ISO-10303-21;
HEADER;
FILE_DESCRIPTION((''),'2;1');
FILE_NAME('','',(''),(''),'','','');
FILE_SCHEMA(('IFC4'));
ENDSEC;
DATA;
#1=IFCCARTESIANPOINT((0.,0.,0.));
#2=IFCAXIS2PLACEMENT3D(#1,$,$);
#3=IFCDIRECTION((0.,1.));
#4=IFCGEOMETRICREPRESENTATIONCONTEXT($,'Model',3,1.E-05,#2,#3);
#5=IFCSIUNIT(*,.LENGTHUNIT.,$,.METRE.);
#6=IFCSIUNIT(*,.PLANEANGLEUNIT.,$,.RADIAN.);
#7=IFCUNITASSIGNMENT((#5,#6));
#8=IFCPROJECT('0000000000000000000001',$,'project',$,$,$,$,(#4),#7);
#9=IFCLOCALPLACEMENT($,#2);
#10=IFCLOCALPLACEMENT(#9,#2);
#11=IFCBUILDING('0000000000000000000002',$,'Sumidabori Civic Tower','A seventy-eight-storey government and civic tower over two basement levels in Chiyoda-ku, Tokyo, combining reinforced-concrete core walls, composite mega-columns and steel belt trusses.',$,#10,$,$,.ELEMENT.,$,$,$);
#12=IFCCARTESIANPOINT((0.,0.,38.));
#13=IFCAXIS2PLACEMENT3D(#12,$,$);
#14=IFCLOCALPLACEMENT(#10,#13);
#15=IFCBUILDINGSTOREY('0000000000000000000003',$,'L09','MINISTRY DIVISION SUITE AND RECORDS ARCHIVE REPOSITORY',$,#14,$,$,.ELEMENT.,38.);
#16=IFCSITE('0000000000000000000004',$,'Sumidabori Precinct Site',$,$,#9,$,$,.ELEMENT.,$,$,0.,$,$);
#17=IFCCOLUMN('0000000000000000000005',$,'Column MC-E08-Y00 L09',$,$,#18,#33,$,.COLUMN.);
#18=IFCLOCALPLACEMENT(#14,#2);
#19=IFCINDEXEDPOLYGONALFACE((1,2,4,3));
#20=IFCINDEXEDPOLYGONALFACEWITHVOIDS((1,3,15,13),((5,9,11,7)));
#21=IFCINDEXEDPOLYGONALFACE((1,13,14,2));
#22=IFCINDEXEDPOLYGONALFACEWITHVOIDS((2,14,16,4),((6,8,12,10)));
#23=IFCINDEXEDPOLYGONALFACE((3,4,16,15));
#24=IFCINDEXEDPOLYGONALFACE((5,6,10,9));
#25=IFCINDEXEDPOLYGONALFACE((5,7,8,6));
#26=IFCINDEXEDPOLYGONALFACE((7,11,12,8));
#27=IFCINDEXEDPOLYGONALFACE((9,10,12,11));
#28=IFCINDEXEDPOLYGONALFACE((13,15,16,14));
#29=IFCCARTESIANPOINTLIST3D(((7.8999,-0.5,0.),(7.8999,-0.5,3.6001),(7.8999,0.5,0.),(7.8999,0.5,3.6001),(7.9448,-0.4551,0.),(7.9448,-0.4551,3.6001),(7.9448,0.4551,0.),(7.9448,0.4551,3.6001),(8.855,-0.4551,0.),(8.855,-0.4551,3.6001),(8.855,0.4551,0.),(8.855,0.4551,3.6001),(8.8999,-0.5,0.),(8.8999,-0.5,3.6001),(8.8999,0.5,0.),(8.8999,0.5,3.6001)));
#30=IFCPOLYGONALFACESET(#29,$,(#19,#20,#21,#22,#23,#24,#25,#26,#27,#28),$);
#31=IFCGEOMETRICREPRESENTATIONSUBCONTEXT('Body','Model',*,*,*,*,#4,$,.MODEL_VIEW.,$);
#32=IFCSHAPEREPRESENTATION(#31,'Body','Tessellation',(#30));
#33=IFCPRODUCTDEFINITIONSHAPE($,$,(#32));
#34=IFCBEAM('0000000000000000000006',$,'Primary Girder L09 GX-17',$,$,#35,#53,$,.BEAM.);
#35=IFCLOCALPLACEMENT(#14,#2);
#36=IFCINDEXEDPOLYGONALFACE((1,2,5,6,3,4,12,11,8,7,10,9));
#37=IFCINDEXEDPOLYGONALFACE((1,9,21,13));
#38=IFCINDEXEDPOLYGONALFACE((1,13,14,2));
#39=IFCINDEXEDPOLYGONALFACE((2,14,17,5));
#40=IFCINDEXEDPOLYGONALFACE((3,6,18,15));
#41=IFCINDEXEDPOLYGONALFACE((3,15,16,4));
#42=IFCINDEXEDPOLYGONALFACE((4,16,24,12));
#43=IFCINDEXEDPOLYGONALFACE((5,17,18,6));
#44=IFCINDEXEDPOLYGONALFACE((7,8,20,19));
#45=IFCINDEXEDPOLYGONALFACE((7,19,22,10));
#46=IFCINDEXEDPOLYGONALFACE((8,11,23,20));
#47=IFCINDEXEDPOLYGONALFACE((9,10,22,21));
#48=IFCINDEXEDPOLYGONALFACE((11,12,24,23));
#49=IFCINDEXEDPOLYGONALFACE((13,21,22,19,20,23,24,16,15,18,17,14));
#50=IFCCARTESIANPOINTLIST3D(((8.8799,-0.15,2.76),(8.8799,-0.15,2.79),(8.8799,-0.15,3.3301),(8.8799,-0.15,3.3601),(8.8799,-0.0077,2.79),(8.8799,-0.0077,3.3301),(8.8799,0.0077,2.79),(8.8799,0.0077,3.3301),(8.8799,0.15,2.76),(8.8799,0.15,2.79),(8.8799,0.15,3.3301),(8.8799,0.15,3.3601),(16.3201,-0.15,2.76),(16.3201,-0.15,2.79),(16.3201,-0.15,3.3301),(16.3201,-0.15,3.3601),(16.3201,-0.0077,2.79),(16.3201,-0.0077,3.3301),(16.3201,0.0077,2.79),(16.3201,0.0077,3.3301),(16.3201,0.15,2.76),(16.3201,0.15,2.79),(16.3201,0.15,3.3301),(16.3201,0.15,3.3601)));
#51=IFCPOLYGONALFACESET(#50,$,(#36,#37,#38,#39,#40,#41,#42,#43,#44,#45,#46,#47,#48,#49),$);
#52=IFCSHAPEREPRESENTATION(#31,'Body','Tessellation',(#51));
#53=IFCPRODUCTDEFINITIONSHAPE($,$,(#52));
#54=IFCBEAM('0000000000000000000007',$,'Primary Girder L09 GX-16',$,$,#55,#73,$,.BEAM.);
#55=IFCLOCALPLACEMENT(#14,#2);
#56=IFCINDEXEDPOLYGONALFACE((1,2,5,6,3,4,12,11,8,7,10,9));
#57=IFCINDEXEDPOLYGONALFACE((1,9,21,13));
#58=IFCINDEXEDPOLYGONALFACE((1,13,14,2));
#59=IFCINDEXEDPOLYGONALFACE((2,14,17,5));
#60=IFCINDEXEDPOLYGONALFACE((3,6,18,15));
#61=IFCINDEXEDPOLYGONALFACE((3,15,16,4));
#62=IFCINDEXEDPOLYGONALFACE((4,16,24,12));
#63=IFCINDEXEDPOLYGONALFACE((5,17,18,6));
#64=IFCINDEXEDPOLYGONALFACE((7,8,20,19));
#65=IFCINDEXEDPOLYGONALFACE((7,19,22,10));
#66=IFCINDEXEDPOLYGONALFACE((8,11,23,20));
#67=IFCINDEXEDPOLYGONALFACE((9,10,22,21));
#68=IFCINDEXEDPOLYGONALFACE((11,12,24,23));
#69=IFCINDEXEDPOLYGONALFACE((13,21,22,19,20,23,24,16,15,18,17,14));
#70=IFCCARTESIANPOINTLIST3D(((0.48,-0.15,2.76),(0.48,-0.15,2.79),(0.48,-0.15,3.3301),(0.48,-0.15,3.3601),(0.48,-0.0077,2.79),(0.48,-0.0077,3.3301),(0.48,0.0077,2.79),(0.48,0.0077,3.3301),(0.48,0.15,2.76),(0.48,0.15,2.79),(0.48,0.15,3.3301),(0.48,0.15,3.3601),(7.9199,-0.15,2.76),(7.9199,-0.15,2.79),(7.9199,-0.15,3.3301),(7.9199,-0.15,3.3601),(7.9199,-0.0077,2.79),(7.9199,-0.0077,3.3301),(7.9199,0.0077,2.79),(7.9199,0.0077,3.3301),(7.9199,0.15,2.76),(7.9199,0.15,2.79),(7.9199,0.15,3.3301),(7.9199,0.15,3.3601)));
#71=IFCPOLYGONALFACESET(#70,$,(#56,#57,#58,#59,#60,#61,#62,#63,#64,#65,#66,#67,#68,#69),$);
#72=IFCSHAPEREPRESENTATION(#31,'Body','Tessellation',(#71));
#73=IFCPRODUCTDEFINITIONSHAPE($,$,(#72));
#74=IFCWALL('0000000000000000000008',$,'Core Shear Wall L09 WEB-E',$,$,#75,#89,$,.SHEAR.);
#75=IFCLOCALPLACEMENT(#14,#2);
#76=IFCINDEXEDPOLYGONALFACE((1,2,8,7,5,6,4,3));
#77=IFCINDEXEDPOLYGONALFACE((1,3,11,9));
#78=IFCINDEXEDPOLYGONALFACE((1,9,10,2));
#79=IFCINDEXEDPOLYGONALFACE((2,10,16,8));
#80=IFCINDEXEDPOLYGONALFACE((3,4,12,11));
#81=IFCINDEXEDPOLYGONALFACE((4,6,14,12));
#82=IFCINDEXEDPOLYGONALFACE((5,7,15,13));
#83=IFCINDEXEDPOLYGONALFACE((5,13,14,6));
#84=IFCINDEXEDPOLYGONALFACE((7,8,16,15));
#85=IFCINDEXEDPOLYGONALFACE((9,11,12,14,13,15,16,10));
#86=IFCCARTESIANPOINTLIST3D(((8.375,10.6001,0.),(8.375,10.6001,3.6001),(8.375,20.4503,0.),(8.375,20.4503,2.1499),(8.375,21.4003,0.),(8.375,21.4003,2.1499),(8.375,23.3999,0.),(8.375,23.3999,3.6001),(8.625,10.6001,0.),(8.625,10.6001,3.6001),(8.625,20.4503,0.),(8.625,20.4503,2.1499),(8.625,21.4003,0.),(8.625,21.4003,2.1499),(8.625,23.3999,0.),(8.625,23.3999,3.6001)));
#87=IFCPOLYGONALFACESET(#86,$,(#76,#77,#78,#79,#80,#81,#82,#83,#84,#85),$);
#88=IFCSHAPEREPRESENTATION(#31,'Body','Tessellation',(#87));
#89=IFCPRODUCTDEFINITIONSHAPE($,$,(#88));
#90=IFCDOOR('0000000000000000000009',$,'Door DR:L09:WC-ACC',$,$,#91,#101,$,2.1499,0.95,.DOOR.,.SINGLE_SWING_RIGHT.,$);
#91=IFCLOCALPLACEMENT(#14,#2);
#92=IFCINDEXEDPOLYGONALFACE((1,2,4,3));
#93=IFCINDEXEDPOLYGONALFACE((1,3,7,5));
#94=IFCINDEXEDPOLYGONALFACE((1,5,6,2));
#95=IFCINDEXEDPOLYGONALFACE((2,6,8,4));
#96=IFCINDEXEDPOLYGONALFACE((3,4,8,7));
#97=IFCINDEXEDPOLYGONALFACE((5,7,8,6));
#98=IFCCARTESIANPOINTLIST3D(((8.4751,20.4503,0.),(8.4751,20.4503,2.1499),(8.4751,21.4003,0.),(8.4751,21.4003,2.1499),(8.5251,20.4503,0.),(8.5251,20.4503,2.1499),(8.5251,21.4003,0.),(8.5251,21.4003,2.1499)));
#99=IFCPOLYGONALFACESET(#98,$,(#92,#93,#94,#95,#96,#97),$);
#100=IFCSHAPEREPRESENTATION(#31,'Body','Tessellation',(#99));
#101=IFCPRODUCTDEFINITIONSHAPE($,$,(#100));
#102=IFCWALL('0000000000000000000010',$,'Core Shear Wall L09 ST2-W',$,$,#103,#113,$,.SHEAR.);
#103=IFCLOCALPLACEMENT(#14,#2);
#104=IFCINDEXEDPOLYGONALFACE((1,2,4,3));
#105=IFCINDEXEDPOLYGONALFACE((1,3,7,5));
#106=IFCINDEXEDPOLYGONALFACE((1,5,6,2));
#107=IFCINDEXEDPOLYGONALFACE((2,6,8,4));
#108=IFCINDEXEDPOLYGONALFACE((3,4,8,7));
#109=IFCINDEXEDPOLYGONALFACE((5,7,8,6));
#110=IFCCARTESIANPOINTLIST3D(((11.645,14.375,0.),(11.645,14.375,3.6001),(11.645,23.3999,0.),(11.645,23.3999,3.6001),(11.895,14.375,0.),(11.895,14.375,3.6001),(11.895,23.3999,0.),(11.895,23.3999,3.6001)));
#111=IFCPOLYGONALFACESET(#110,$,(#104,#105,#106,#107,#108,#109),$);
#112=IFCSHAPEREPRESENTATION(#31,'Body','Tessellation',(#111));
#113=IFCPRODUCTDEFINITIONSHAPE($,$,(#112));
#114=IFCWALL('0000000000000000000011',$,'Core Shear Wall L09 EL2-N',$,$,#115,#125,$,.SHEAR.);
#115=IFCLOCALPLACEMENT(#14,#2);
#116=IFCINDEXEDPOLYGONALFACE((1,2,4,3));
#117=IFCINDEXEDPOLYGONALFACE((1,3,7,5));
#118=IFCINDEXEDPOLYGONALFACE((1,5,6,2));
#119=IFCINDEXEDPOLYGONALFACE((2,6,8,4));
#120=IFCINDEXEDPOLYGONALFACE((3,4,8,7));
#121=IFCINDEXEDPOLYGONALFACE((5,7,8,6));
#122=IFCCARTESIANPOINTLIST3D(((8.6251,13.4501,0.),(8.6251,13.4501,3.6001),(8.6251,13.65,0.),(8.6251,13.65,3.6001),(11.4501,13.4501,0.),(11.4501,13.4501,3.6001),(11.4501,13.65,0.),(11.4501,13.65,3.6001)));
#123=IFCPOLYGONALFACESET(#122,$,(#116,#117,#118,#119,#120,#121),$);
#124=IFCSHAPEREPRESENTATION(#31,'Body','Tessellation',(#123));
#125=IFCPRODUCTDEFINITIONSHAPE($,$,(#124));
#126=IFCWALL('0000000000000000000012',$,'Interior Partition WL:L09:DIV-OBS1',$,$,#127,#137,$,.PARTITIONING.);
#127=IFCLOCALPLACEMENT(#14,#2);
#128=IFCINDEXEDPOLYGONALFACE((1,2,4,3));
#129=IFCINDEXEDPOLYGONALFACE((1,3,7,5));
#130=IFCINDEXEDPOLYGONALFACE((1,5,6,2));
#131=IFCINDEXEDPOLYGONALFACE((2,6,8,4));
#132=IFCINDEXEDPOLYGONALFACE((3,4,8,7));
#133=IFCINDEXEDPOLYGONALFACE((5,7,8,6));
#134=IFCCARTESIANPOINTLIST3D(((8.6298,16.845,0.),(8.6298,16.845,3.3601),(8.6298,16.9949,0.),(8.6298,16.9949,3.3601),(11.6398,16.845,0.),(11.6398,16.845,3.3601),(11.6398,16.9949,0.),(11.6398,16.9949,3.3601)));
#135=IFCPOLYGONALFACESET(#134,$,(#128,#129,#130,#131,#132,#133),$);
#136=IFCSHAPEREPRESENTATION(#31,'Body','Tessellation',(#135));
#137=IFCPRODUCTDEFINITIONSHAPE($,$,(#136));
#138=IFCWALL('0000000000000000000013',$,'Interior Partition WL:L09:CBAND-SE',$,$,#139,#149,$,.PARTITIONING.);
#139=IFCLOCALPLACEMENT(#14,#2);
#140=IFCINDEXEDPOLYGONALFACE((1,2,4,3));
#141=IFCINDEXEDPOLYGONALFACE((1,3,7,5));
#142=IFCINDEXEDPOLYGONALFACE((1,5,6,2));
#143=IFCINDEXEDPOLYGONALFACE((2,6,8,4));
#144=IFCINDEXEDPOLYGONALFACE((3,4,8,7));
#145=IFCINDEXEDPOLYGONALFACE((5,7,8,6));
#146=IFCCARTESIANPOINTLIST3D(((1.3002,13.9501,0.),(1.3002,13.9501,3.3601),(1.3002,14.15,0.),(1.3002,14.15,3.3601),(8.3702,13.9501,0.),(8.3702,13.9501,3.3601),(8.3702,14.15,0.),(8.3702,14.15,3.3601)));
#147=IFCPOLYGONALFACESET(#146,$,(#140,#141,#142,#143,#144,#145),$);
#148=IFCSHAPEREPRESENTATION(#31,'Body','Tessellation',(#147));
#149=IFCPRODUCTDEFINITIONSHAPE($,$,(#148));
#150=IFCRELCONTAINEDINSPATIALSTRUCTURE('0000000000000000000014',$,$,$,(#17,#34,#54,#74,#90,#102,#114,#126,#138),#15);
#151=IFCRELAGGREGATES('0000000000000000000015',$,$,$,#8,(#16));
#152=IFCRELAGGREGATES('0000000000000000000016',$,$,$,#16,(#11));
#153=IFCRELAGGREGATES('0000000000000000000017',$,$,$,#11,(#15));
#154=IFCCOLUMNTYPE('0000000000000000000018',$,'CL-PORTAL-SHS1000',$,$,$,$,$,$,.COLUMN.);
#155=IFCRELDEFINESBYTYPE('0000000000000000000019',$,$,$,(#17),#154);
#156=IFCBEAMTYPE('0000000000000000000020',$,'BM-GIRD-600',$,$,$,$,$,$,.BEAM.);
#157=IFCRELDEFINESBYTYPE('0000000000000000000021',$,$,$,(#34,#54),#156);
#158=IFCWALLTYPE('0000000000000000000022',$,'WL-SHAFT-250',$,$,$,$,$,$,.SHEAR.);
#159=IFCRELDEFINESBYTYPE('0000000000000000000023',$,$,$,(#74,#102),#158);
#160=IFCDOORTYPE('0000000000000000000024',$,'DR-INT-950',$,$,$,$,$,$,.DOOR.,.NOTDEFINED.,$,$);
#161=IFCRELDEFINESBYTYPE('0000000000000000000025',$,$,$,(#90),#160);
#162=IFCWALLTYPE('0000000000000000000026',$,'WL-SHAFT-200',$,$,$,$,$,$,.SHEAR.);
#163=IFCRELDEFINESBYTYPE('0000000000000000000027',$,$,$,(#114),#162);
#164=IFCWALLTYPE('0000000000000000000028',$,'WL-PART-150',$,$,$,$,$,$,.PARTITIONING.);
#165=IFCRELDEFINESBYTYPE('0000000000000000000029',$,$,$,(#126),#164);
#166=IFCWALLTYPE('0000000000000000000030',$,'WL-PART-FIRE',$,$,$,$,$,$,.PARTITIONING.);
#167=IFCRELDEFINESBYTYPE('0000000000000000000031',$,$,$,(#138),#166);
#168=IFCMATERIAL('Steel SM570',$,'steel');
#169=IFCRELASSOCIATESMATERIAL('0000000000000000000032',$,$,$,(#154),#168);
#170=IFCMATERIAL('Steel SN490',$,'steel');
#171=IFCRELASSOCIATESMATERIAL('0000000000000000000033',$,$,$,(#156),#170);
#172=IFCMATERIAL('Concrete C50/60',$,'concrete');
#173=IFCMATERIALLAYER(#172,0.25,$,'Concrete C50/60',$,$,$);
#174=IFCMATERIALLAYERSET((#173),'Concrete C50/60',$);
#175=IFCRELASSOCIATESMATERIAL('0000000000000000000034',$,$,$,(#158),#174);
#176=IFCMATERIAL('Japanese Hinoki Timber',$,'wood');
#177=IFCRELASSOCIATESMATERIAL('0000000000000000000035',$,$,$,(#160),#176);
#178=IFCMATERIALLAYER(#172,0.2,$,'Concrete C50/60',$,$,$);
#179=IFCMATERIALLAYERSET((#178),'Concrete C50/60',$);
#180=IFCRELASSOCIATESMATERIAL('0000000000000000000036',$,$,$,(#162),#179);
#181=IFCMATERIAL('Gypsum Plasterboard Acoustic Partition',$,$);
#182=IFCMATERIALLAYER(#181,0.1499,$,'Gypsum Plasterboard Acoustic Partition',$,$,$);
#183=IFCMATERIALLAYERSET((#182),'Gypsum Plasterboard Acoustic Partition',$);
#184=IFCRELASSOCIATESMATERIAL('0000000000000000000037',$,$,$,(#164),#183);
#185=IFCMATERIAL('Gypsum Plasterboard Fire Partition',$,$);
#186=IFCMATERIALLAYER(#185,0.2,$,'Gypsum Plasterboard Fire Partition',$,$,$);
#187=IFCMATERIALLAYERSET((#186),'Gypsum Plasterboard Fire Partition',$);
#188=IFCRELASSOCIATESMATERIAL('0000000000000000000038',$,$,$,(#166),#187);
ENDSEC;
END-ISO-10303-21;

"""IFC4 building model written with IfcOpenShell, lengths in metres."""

from ifc_helpers import new_model, si_unit, direction, frame, frame_2d, origin, origin_2d, place, context, subcontext, project, spatial, rectangle, hollow_rectangle, i_section, extrude, source, transform, mapped, material, layer, layer_set, material_profile, profile_set, type_object, element, fill, save


model = new_model("IFC4")

# Units and contexts
model_context = context("Model", 3, precision=1e-05, world=origin(), true_north=direction((0.0, 1.0)))
body_context = subcontext(model_context, "Body", "Model", "MODEL_VIEW")
ifc_project = project(units=[si_unit("LENGTHUNIT", "METRE"), si_unit("PLANEANGLEUNIT", "RADIAN")], contexts=[model_context])

# Site, building, storey
site_placement = place(None, origin())
site = spatial("IfcSite", under=ifc_project, at=site_placement, Name="Sumidabori Precinct Site", CompositionType="ELEMENT", RefElevation=0.0)
building_placement = place(site_placement, origin())
building = spatial("IfcBuilding", under=site, at=building_placement, Name="Sumidabori Civic Tower", Description="A seventy-eight-storey government and civic tower over two basement levels in Chiyoda-ku, Tokyo, combining reinforced-concrete core walls, composite mega-columns and steel belt trusses.", CompositionType="ELEMENT")
storey_placement = place(building_placement, frame((0.0, 0.0, 38.0)))
storey = spatial("IfcBuildingStorey", under=building, at=storey_placement, Name="L09", Description="MINISTRY DIVISION SUITE AND RECORDS ARCHIVE REPOSITORY", CompositionType="ELEMENT", Elevation=38.0)

# Column
ifc_material_1 = material(Name="Steel SM570", Category="steel")
ifc_material_profile_1 = material_profile(ifc_material_1, hollow_rectangle(XDim=1.0, YDim=1.0, WallThickness=0.0449, at=origin_2d()), Name="SHS 1000x1000x45")
ifc_profile_set_1 = profile_set([ifc_material_profile_1], Name="Steel SM570")
column_type = type_object("IfcColumnType", Name="CL-PORTAL-SHS1000", PredefinedType="COLUMN", material=ifc_profile_set_1)
shared_shape_1 = source(origin(), body_context, "Body", "SweptSolid", [
    extrude(hollow_rectangle(XDim=1.0, YDim=1.0, WallThickness=0.0449, at=origin_2d()), origin(), (0.0, 0.0, 1.0), 3.6001),
])
column_placement = place(storey_placement, frame((8.3999, 0.0, 0.0), z_axis=(0.0, 0.0, 1.0), x_axis=(1.0, 0.0, 0.0)))
element("IfcColumn", 1, at=column_placement, inside=storey, type_object=column_type, Name="Column MC-E08-Y00 L09", PredefinedType="COLUMN", context=body_context, shape_type="MappedRepresentation", body=[
    mapped(shared_shape_1, transform((0.0, 0.0, 0.0), x_axis=(1.0, 0.0, 0.0), y_axis=(0.0, 1.0, 0.0), z_axis=(0.0, 0.0, 1.0), scale=1.0)),
])

# Beams
ifc_material_2 = material(Name="Steel SN490", Category="steel")
ifc_material_profile_2 = material_profile(ifc_material_2, i_section(OverallWidth=0.3, OverallDepth=0.6001, WebThickness=0.0154, FlangeThickness=0.03, at=origin_2d()), Name="HE 600 B")
ifc_profile_set_2 = profile_set([ifc_material_profile_2], Name="Steel SN490")
beam_type = type_object("IfcBeamType", Name="BM-GIRD-600", PredefinedType="BEAM", material=ifc_profile_set_2)
shared_shape_2 = source(origin(), body_context, "Body", "SweptSolid", [
    extrude(i_section(OverallWidth=0.3, OverallDepth=0.6001, WebThickness=0.0154, FlangeThickness=0.03, at=origin_2d()), origin(), (0.0, 0.0, 1.0), 7.4402),
])
beam_1_placement = place(storey_placement, frame((8.8799, 0.0, 3.0601), z_axis=(1.0, 0.0, 0.0), x_axis=(0.0, 1.0, 0.0)))
element("IfcBeam", 2, at=beam_1_placement, inside=storey, type_object=beam_type, Name="Primary Girder L09 GX-17", PredefinedType="BEAM", context=body_context, shape_type="MappedRepresentation", body=[
    mapped(shared_shape_2, transform((0.0, 0.0, 0.0), x_axis=(1.0, 0.0, 0.0), y_axis=(0.0, 1.0, 0.0), z_axis=(0.0, 0.0, 1.0), scale=1.0)),
])
shared_shape_3 = source(origin(), body_context, "Body", "SweptSolid", [
    extrude(i_section(OverallWidth=0.3, OverallDepth=0.6001, WebThickness=0.0154, FlangeThickness=0.03, at=origin_2d()), origin(), (0.0, 0.0, 1.0), 7.4399),
])
beam_2_placement = place(storey_placement, frame((0.48, 0.0, 3.0601), z_axis=(1.0, 0.0, 0.0), x_axis=(0.0, 1.0, 0.0)))
element("IfcBeam", 3, at=beam_2_placement, inside=storey, type_object=beam_type, Name="Primary Girder L09 GX-16", PredefinedType="BEAM", context=body_context, shape_type="MappedRepresentation", body=[
    mapped(shared_shape_3, transform((0.0, 0.0, 0.0), x_axis=(1.0, 0.0, 0.0), y_axis=(0.0, 1.0, 0.0), z_axis=(0.0, 0.0, 1.0), scale=1.0)),
])

# Wall, opening, door
ifc_material_3 = material(Name="Concrete C50/60", Category="concrete")
ifc_layer_1 = layer(ifc_material_3, 0.25, Name="Concrete C50/60")
ifc_layer_set_1 = layer_set([ifc_layer_1], Name="Concrete C50/60")
wall_type_1 = type_object("IfcWallType", Name="WL-SHAFT-250", PredefinedType="SHEAR", material=ifc_layer_set_1)
shared_shape_4 = source(origin(), body_context, "Body", "SweptSolid", [
    extrude(rectangle(XDim=12.7998, YDim=0.25, at=frame_2d((6.3999, 0.0))), origin(), (0.0, 0.0, 1.0), 3.6001),
])
wall_1_placement = place(storey_placement, frame((8.5, 10.6001, 0.0), z_axis=(0.0, 0.0, 1.0), x_axis=(0.0, 1.0, 0.0)))
wall_1 = element("IfcWall", 4, at=wall_1_placement, inside=storey, type_object=wall_type_1, Name="Core Shear Wall L09 WEB-E", PredefinedType="SHEAR", context=body_context, shape_type="MappedRepresentation", body=[
    mapped(shared_shape_4, transform((0.0, 0.0, 0.0), x_axis=(1.0, 0.0, 0.0), y_axis=(0.0, 1.0, 0.0), z_axis=(0.0, 0.0, 1.0), scale=1.0)),
])
opening_1_placement = place(wall_1_placement, frame((9.8501, 0.0, 0.0)))
opening_1 = element("IfcOpeningElement", 5, at=opening_1_placement, cuts=wall_1, PredefinedType="OPENING", context=body_context, shape_type="SweptSolid", body=[
    extrude(rectangle(XDim=0.95, YDim=2.1499, at=frame_2d((0.4751, 1.075))), frame((0.0, 0.137, 0.0), z_axis=(0.0, -1.0, 0.0), x_axis=(1.0, 0.0, 0.0)), (0.0, 0.0, 1.0), 0.2739),
])
ifc_material_4 = material(Name="Japanese Hinoki Timber", Category="wood")
door_type_1 = type_object("IfcDoorType", Name="DR-INT-950", OperationType="NOTDEFINED", PredefinedType="DOOR", material=ifc_material_4)
shared_shape_5 = source(origin(), body_context, "Body", "SweptSolid", [
    extrude(rectangle(XDim=0.95, YDim=2.1499, at=frame_2d((0.4751, 1.075))), frame((0.0, 0.0249, 0.0), z_axis=(0.0, -1.0, 0.0), x_axis=(1.0, 0.0, 0.0)), (0.0, 0.0, 1.0), 0.05),
])
door_1_placement = place(opening_1_placement, origin())
door_1 = element("IfcDoor", 6, at=door_1_placement, inside=storey, type_object=door_type_1, Name="Door DR:L09:WC-ACC", OperationType="SINGLE_SWING_RIGHT", OverallHeight=2.1499, OverallWidth=0.95, PredefinedType="DOOR", context=body_context, shape_type="MappedRepresentation", body=[
    mapped(shared_shape_5, transform((0.0, 0.0, 0.0), x_axis=(1.0, 0.0, 0.0), y_axis=(0.0, 1.0, 0.0), z_axis=(0.0, 0.0, 1.0), scale=1.0)),
])
fill(opening_1, door_1)

# Wall
shared_shape_6 = source(origin(), body_context, "Body", "SweptSolid", [
    extrude(rectangle(XDim=9.0249, YDim=0.25, at=frame_2d((4.5125, 0.0))), origin(), (0.0, 0.0, 1.0), 3.6001),
])
wall_2_placement = place(storey_placement, frame((11.77, 14.375, 0.0), z_axis=(0.0, 0.0, 1.0), x_axis=(0.0, 1.0, 0.0)))
element("IfcWall", 7, at=wall_2_placement, inside=storey, type_object=wall_type_1, Name="Core Shear Wall L09 ST2-W", PredefinedType="SHEAR", context=body_context, shape_type="MappedRepresentation", body=[
    mapped(shared_shape_6, transform((0.0, 0.0, 0.0), x_axis=(1.0, 0.0, 0.0), y_axis=(0.0, 1.0, 0.0), z_axis=(0.0, 0.0, 1.0), scale=1.0)),
])

# Shared definitions
ifc_layer_2 = layer(ifc_material_3, 0.2, Name="Concrete C50/60")
ifc_layer_set_2 = layer_set([ifc_layer_2], Name="Concrete C50/60")
wall_type_2 = type_object("IfcWallType", Name="WL-SHAFT-200", PredefinedType="SHEAR", material=ifc_layer_set_2)

# Walls
shared_shape_7 = source(origin(), body_context, "Body", "SweptSolid", [
    extrude(rectangle(XDim=2.825, YDim=0.2, at=frame_2d((1.4126, 0.0))), origin(), (0.0, 0.0, 1.0), 3.6001),
])
wall_3_placement = place(storey_placement, frame((8.625, 13.55, 0.0), z_axis=(0.0, 0.0, 1.0), x_axis=(1.0, 0.0, 0.0)))
element("IfcWall", 8, at=wall_3_placement, inside=storey, type_object=wall_type_2, Name="Core Shear Wall L09 EL2-N", PredefinedType="SHEAR", context=body_context, shape_type="MappedRepresentation", body=[
    mapped(shared_shape_7, transform((0.0, 0.0, 0.0), x_axis=(1.0, 0.0, 0.0), y_axis=(0.0, 1.0, 0.0), z_axis=(0.0, 0.0, 1.0), scale=1.0)),
])
ifc_material_5 = material(Name="Gypsum Plasterboard Acoustic Partition")
ifc_layer_3 = layer(ifc_material_5, 0.1499, Name="Gypsum Plasterboard Acoustic Partition")
ifc_layer_set_3 = layer_set([ifc_layer_3], Name="Gypsum Plasterboard Acoustic Partition")
wall_type_3 = type_object("IfcWallType", Name="WL-PART-150", PredefinedType="PARTITIONING", material=ifc_layer_set_3)
shared_shape_8 = source(origin(), body_context, "Body", "SweptSolid", [
    extrude(rectangle(XDim=3.01, YDim=0.1499, at=frame_2d((1.5049, 0.0))), origin(), (0.0, 0.0, 1.0), 3.3601),
])
wall_4_placement = place(storey_placement, frame((8.6299, 16.9199, 0.0), z_axis=(0.0, 0.0, 1.0), x_axis=(1.0, 0.0, 0.0)))
element("IfcWall", 9, at=wall_4_placement, inside=storey, type_object=wall_type_3, Name="Interior Partition WL:L09:DIV-OBS1", PredefinedType="PARTITIONING", context=body_context, shape_type="MappedRepresentation", body=[
    mapped(shared_shape_8, transform((0.0, 0.0, 0.0), x_axis=(1.0, 0.0, 0.0), y_axis=(0.0, 1.0, 0.0), z_axis=(0.0, 0.0, 1.0), scale=1.0)),
])
ifc_material_6 = material(Name="Gypsum Plasterboard Fire Partition")
ifc_layer_4 = layer(ifc_material_6, 0.2, Name="Gypsum Plasterboard Fire Partition")
ifc_layer_set_4 = layer_set([ifc_layer_4], Name="Gypsum Plasterboard Fire Partition")
wall_type_4 = type_object("IfcWallType", Name="WL-PART-FIRE", PredefinedType="PARTITIONING", material=ifc_layer_set_4)
shared_shape_9 = source(origin(), body_context, "Body", "SweptSolid", [
    extrude(rectangle(XDim=7.0701, YDim=0.2, at=frame_2d((3.5352, 0.0))), origin(), (0.0, 0.0, 1.0), 3.3601),
])
wall_5_placement = place(storey_placement, frame((1.3, 14.05, 0.0), z_axis=(0.0, 0.0, 1.0), x_axis=(1.0, 0.0, 0.0)))
element("IfcWall", 10, at=wall_5_placement, inside=storey, type_object=wall_type_4, Name="Interior Partition WL:L09:CBAND-SE", PredefinedType="PARTITIONING", context=body_context, shape_type="MappedRepresentation", body=[
    mapped(shared_shape_9, transform((0.0, 0.0, 0.0), x_axis=(1.0, 0.0, 0.0), y_axis=(0.0, 1.0, 0.0), z_axis=(0.0, 0.0, 1.0), scale=1.0)),
])

save(model, "model.ifc")
